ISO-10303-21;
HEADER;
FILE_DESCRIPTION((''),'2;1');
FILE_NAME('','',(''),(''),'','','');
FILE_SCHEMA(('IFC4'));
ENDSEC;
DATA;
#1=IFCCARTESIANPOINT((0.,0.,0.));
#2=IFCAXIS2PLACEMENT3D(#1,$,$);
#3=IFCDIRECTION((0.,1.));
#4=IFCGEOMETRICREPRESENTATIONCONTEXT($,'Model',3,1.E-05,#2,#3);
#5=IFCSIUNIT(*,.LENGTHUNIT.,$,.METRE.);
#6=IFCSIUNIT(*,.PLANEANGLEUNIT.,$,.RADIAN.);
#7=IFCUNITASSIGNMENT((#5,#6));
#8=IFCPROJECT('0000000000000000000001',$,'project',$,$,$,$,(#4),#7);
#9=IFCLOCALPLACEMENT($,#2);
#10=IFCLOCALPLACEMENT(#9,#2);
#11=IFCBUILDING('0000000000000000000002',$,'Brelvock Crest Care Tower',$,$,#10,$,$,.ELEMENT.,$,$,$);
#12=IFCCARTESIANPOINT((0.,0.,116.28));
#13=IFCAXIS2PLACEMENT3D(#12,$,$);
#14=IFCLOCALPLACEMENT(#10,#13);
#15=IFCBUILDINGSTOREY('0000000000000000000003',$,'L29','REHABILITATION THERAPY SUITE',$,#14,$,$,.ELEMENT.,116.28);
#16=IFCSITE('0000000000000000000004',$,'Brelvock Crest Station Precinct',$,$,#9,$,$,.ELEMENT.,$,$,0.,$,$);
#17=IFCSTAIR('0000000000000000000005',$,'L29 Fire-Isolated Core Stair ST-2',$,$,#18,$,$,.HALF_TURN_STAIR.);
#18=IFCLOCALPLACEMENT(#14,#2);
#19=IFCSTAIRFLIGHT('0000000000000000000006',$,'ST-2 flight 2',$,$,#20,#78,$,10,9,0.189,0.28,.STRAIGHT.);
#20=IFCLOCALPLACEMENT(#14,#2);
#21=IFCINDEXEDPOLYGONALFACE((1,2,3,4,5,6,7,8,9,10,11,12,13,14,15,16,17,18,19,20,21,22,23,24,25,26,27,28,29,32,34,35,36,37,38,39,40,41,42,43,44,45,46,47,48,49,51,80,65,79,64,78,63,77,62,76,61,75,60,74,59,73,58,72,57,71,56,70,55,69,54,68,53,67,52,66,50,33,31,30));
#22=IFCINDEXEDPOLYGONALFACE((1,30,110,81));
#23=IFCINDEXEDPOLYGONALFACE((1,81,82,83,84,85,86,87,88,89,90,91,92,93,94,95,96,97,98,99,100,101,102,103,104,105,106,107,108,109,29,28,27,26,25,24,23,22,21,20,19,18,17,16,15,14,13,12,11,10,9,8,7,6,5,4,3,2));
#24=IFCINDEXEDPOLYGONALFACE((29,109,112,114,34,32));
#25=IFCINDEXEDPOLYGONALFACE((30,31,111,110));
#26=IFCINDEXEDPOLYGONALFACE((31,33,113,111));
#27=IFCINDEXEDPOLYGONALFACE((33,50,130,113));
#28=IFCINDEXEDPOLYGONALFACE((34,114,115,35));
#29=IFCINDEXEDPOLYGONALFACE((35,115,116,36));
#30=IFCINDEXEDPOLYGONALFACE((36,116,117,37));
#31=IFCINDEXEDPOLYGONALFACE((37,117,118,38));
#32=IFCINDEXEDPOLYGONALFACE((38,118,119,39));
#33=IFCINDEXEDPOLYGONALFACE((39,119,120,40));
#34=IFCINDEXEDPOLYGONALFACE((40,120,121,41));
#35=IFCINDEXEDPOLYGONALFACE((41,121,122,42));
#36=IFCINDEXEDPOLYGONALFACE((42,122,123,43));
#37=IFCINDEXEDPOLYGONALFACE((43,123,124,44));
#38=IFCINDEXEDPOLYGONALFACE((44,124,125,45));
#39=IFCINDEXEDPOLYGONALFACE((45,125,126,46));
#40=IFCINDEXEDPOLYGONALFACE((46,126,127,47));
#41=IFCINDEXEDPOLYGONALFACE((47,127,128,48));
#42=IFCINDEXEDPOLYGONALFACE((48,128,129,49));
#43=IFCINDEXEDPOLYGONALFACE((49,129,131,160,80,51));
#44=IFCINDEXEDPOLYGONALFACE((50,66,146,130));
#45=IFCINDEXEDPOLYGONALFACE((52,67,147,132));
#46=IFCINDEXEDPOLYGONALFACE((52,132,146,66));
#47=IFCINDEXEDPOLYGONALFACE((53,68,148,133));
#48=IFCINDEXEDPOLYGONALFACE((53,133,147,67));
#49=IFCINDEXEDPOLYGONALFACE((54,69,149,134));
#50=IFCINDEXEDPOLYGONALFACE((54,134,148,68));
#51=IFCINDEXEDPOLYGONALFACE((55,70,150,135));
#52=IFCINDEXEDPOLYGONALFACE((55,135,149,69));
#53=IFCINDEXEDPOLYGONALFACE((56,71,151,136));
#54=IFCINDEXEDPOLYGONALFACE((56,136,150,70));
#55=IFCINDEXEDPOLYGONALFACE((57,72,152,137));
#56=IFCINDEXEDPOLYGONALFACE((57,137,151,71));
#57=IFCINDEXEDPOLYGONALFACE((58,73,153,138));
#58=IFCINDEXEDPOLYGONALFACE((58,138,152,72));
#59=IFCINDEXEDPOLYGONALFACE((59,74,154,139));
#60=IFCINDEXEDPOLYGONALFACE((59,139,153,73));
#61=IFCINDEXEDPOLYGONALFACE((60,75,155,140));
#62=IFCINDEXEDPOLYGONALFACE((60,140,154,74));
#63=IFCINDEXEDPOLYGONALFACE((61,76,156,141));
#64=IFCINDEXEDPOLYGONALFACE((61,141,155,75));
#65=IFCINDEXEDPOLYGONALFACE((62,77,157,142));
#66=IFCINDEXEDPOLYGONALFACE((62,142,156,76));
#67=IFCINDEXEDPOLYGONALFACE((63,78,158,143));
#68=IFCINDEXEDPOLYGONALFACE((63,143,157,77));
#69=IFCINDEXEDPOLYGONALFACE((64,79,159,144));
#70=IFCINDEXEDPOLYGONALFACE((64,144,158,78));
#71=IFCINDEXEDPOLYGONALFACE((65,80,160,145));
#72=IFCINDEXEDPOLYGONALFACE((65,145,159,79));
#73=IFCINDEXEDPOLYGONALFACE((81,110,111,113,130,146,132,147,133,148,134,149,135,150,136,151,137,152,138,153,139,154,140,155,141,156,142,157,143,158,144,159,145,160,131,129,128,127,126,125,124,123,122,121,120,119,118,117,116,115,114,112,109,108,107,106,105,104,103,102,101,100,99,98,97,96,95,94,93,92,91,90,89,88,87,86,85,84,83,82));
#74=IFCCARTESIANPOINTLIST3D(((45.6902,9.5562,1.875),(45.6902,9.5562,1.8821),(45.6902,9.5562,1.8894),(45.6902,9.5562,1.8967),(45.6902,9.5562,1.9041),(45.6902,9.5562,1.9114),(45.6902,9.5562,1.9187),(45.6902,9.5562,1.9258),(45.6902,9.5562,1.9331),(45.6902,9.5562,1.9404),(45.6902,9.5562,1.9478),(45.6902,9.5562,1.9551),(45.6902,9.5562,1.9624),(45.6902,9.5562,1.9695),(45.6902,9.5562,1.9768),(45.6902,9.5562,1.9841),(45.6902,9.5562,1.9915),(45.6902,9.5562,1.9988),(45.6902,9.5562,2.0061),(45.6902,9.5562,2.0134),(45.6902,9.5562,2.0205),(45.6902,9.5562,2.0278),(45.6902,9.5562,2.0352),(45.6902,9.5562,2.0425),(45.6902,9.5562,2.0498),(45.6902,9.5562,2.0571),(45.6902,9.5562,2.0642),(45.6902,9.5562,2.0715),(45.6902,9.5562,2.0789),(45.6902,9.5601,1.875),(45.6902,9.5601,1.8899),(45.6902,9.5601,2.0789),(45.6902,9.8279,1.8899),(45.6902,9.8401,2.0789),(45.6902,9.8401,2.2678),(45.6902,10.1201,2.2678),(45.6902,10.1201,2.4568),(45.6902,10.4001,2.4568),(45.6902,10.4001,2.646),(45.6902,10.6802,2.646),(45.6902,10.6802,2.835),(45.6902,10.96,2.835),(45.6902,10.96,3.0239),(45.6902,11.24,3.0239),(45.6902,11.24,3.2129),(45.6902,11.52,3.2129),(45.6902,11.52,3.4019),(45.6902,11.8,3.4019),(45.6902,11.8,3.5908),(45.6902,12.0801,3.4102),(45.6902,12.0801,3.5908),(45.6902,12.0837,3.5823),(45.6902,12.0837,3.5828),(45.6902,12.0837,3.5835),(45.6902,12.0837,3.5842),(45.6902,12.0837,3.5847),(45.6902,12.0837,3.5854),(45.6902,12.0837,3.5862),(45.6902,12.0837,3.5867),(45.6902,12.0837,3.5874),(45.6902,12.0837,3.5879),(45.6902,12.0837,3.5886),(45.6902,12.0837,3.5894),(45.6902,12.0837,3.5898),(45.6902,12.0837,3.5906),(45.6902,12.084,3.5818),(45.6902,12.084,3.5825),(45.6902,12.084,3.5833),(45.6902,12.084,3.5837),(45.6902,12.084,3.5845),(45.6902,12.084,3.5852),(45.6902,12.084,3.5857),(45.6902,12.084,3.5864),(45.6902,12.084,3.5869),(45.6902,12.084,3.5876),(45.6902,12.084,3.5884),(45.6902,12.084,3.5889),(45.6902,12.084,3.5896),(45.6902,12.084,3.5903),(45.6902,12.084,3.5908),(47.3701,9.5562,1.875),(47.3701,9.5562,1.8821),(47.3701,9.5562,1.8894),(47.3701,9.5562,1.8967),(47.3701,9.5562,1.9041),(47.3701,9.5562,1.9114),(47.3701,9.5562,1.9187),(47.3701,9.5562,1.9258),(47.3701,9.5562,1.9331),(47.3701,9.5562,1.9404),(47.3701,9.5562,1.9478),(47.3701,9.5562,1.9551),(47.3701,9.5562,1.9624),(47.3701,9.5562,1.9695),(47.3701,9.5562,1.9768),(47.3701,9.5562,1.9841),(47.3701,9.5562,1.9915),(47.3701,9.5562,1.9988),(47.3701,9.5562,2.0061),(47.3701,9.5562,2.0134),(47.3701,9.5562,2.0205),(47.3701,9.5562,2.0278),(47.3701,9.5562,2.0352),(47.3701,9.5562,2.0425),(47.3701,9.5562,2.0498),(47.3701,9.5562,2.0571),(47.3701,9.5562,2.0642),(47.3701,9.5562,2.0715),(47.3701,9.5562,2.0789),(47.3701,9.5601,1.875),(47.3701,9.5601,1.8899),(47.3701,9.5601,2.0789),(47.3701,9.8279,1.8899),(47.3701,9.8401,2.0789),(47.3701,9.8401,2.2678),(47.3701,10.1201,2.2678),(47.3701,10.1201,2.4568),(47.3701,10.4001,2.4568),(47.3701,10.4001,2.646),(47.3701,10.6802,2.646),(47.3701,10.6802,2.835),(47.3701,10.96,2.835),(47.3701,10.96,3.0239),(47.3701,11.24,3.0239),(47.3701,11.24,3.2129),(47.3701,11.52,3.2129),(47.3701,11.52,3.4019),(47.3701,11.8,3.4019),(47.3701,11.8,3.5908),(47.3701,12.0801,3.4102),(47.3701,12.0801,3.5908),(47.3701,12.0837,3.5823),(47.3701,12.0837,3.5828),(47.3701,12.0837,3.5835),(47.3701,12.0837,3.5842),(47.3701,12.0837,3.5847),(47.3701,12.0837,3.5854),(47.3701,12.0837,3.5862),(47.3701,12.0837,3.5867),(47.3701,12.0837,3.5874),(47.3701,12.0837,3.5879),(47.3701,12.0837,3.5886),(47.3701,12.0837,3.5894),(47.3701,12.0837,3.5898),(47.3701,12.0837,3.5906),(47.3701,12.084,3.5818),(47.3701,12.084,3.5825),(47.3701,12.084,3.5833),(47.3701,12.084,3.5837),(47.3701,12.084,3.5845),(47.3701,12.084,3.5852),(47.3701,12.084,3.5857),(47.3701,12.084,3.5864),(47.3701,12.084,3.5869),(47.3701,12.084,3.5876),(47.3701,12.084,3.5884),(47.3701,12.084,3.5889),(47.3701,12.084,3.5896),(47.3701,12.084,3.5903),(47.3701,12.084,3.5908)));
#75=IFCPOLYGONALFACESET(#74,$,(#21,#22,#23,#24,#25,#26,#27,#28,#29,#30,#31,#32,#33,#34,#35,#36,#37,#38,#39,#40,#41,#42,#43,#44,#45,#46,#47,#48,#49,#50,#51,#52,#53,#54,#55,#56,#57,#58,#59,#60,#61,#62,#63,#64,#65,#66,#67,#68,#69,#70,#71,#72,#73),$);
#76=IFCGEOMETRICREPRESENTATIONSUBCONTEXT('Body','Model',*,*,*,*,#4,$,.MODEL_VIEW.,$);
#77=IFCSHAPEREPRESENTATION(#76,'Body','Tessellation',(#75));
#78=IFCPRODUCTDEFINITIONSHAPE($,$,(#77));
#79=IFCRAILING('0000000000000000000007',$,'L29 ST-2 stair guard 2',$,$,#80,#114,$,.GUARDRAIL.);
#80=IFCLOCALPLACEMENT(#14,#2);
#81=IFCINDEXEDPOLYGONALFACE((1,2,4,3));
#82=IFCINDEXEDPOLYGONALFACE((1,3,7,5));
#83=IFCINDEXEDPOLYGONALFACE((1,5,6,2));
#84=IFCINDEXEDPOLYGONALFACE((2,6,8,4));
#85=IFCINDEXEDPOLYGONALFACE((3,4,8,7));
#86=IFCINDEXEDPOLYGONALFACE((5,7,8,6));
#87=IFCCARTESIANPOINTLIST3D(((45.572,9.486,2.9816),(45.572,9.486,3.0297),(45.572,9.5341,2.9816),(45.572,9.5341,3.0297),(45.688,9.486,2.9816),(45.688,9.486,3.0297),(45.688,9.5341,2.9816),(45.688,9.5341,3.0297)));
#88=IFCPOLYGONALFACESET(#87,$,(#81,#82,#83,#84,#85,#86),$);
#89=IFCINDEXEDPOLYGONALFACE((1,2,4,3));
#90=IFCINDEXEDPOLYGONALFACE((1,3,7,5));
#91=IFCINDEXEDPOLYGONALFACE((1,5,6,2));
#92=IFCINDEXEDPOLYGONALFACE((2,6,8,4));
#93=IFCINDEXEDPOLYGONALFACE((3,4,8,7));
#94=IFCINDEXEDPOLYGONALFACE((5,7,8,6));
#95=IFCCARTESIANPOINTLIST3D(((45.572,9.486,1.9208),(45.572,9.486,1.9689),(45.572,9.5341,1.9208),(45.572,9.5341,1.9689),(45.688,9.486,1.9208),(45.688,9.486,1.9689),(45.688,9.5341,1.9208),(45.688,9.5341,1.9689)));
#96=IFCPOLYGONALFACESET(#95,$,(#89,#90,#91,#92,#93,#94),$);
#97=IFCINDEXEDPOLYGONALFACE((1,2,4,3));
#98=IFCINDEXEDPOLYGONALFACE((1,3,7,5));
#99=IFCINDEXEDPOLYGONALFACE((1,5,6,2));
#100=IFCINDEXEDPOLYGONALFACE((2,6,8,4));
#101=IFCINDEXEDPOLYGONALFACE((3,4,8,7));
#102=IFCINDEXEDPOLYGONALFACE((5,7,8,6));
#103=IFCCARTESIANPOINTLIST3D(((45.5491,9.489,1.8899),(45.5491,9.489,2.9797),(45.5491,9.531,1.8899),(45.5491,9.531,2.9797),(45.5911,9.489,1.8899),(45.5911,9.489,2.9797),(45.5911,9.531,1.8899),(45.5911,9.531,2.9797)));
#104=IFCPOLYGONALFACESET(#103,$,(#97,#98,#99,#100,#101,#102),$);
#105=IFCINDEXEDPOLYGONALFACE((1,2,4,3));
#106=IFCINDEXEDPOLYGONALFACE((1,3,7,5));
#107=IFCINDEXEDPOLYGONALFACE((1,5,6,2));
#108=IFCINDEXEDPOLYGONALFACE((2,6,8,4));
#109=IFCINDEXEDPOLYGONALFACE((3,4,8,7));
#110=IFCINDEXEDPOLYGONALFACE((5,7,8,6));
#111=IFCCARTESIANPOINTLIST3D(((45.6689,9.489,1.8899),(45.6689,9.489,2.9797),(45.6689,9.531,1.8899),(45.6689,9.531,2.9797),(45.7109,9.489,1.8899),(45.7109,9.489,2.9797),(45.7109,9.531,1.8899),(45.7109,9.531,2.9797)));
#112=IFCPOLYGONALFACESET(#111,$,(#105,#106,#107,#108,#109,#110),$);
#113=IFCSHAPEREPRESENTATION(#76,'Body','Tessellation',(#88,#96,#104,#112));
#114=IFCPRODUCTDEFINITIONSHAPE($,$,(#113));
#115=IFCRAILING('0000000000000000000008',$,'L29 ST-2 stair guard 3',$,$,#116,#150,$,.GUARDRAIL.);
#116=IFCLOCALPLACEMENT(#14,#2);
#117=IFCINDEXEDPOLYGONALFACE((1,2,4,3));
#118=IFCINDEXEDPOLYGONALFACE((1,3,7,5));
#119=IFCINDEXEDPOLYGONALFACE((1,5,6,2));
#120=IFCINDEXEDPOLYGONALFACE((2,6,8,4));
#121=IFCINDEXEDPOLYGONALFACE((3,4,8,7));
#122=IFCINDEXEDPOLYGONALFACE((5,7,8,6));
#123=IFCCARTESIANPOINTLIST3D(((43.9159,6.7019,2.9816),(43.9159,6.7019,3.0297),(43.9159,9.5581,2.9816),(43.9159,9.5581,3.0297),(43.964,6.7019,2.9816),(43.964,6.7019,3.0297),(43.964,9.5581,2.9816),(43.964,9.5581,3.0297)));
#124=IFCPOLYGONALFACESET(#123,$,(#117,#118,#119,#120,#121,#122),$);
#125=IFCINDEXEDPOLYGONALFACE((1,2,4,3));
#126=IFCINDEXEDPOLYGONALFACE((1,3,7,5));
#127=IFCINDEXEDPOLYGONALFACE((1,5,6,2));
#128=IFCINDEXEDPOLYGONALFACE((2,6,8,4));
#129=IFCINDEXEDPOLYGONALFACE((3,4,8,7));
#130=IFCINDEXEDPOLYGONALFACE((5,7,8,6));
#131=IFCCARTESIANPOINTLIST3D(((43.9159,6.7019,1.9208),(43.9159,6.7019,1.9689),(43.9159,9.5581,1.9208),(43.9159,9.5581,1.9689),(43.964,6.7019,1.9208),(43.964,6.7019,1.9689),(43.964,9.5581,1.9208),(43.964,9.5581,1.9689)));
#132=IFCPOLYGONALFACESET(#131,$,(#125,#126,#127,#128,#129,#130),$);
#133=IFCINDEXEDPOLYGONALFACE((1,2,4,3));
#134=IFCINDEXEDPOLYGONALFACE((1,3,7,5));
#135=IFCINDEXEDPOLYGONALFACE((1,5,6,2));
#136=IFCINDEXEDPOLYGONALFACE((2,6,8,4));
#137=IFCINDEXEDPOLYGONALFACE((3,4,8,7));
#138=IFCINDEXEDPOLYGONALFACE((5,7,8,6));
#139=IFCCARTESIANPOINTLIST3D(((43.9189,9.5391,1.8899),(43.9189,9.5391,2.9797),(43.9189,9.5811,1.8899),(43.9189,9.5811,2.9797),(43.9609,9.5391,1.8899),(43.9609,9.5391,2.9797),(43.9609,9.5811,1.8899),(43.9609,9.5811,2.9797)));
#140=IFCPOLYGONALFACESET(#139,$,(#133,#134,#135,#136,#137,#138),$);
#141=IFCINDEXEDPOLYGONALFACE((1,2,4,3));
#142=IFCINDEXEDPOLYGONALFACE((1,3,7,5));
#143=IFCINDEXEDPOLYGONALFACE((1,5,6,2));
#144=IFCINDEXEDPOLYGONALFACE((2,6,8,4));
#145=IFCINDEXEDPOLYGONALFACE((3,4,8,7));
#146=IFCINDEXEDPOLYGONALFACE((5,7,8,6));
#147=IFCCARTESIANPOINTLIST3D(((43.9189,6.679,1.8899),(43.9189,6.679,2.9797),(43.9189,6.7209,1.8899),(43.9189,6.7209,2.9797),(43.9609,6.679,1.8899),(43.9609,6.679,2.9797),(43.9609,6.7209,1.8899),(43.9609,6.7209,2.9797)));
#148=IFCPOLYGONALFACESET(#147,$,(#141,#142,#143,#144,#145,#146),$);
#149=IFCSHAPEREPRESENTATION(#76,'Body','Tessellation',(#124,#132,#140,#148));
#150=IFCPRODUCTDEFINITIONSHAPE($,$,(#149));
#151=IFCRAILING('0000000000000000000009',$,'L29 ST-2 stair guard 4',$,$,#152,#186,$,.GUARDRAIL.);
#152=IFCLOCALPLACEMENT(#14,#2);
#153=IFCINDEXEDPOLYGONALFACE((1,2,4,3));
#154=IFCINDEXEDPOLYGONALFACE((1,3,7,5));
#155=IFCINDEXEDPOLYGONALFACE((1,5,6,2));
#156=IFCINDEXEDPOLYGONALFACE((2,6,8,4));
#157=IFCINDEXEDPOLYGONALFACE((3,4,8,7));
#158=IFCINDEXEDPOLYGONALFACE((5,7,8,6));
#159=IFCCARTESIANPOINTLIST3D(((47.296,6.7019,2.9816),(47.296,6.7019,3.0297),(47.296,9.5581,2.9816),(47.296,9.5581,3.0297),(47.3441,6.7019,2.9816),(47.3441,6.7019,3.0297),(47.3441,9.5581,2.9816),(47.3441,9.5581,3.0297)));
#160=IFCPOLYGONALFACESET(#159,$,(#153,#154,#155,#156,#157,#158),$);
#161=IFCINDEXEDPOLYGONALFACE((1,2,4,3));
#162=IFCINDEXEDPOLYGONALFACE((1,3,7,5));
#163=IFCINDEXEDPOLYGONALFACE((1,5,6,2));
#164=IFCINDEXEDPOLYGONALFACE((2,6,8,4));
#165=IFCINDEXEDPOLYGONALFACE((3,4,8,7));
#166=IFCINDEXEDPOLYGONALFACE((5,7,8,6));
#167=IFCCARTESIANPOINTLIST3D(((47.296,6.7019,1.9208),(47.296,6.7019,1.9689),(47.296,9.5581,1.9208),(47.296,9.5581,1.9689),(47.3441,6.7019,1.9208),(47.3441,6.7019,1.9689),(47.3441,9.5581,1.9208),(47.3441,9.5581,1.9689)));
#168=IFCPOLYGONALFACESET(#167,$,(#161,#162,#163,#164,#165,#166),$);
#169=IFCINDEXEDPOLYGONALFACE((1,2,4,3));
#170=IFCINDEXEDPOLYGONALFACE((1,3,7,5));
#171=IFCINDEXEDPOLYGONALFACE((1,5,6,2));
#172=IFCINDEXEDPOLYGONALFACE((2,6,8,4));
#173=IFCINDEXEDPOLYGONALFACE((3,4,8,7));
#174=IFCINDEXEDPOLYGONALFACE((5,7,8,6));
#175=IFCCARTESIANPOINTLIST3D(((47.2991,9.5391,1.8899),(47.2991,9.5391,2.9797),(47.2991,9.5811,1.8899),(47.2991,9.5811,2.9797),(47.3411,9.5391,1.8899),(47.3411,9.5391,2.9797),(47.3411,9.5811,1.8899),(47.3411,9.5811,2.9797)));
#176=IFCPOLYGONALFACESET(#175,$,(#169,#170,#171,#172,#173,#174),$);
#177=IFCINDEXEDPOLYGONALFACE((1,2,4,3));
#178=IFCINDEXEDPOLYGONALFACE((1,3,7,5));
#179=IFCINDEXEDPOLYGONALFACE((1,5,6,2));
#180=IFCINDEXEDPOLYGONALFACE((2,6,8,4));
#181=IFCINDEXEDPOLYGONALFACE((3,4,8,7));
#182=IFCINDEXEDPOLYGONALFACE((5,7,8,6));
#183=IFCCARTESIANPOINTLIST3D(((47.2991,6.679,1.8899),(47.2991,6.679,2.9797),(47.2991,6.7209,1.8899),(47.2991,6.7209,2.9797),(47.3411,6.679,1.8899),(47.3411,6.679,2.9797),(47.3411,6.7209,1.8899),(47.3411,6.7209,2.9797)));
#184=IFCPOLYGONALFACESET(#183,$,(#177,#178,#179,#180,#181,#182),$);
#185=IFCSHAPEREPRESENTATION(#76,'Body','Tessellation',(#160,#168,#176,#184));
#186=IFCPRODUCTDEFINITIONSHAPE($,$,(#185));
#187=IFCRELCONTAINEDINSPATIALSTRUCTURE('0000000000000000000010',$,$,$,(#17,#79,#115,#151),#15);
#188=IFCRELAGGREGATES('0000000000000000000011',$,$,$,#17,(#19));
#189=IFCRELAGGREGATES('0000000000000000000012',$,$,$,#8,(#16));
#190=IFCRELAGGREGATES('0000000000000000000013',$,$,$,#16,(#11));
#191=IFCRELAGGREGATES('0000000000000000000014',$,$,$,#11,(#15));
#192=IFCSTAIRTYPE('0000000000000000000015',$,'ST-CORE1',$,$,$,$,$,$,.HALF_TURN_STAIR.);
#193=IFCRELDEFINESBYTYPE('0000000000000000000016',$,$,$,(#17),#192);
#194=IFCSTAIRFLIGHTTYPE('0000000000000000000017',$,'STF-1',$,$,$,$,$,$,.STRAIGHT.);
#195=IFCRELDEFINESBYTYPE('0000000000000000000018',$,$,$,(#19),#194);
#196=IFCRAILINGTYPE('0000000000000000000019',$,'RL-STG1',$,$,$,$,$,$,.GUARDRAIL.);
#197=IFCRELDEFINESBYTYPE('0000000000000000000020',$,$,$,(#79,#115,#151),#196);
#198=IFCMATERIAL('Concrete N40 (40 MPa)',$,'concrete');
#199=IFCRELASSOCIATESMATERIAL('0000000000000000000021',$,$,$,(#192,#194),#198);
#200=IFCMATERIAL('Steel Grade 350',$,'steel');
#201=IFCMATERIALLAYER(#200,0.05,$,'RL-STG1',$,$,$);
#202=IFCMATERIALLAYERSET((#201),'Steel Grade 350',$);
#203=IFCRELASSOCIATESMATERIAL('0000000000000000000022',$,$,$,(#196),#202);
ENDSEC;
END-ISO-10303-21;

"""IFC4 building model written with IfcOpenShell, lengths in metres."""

from ifc_helpers import new_model, si_unit, direction, frame, origin, origin_2d, place, context, subcontext, project, spatial, polyline, rectangle, outline, extrude, material, layer, layer_set, type_object, element, aggregate, save


model = new_model("IFC4")

# Units and contexts
model_context = context("Model", 3, precision=1e-05, world=origin(), true_north=direction((0.0, 1.0)))
body_context = subcontext(model_context, "Body", "Model", "MODEL_VIEW")
ifc_project = project(units=[si_unit("LENGTHUNIT", "METRE"), si_unit("PLANEANGLEUNIT", "RADIAN")], contexts=[model_context])

# Site, building, storey
site_placement = place(None, origin())
site = spatial("IfcSite", under=ifc_project, at=site_placement, Name="Brelvock Crest Station Precinct", CompositionType="ELEMENT", RefElevation=0.0)
building_placement = place(site_placement, origin())
building = spatial("IfcBuilding", under=site, at=building_placement, Name="Brelvock Crest Care Tower", CompositionType="ELEMENT")
storey_placement = place(building_placement, frame((0.0, 0.0, 116.28)))
storey = spatial("IfcBuildingStorey", under=building, at=storey_placement, Name="L29", Description="REHABILITATION THERAPY SUITE", CompositionType="ELEMENT", Elevation=116.28)

# Shared definitions
ifc_material_1 = material(Name="Steel Grade 350", Category="steel")

# Stair, stair flight
ifc_material_2 = material(Name="Concrete N40 (40 MPa)", Category="concrete")
stair_type = type_object("IfcStairType", Name="ST-CORE1", PredefinedType="HALF_TURN_STAIR", material=ifc_material_2)
stair_placement = place(storey_placement, origin())
stair = element("IfcStair", 1, at=stair_placement, inside=storey, type_object=stair_type, Name="L29 Fire-Isolated Core Stair ST-2", PredefinedType="HALF_TURN_STAIR")
stair_flight_type = type_object("IfcStairFlightType", Name="STF-1", PredefinedType="STRAIGHT", material=ifc_material_2)
stair_flight_placement = place(storey_placement, frame((46.53, 9.5601, 1.8899), z_axis=(0.0, 0.0, 1.0), x_axis=(0.0, 1.0, 0.0)))
stair_flight = element("IfcStairFlight", 2, at=stair_flight_placement, type_object=stair_flight_type, Name="ST-2 flight 2", NumberOfRisers=10, NumberOfTreads=9, PredefinedType="STRAIGHT", RiserHeight=0.189, TreadLength=0.28, context=body_context, shape_type="SweptSolid", body=[
    extrude(outline(polyline([(-0.0039, -0.0149), (-0.0039, -0.0078), (-0.0039, -0.0005), (-0.0039, 0.0068), (-0.0039, 0.0142), (-0.0039, 0.0215), (-0.0039, 0.0288), (-0.0039, 0.0359), (-0.0039, 0.0432), (-0.0039, 0.0505), (-0.0039, 0.0579), (-0.0039, 0.0652), (-0.0039, 0.0725), (-0.0039, 0.0796), (-0.0039, 0.0869), (-0.0039, 0.0942), (-0.0039, 0.1016), (-0.0039, 0.1089), (-0.0039, 0.1162), (-0.0039, 0.1235), (-0.0039, 0.1306), (-0.0039, 0.1379), (-0.0039, 0.1453), (-0.0039, 0.1526), (-0.0039, 0.1599), (-0.0039, 0.1672), (-0.0039, 0.1743), (-0.0039, 0.1816), (-0.0039, 0.189), (0.0, 0.189), (0.28, 0.189), (0.28, 0.3779), (0.5601, 0.3779), (0.5601, 0.5669), (0.8401, 0.5669), (0.8401, 0.7561), (1.1201, 0.7561), (1.1201, 0.9451), (1.3999, 0.9451), (1.3999, 1.134), (1.6799, 1.134), (1.6799, 1.323), (1.96, 1.323), (1.96, 1.512), (2.24, 1.512), (2.24, 1.7009), (2.52, 1.7009), (2.5239, 1.7009), (2.5237, 1.7007), (2.5239, 1.7004), (2.5237, 1.7), (2.5239, 1.6997), (2.5237, 1.6995), (2.5239, 1.699), (2.5237, 1.6987), (2.5239, 1.6985), (2.5237, 1.698), (2.5239, 1.6978), (2.5237, 1.6975), (2.5239, 1.697), (2.5237, 1.6968), (2.5239, 1.6965), (2.5237, 1.6963), (2.5239, 1.6958), (2.5237, 1.6956), (2.5239, 1.6953), (2.5237, 1.6948), (2.5239, 1.6946), (2.5237, 1.6943), (2.5239, 1.6938), (2.5237, 1.6936), (2.5239, 1.6934), (2.5237, 1.6929), (2.5239, 1.6926), (2.5237, 1.6924), (2.5239, 1.6919), (2.52, 1.5203), (0.2678, 0.0), (0.0, 0.0), (0.0, -0.0149), (-0.0039, -0.0149)])), frame((0.0, 0.8398, 0.0), z_axis=(0.0, -1.0, 0.0), x_axis=(1.0, 0.0, 0.0)), (0.0, 0.0, 1.0), 1.6799),
])
aggregate(stair, [stair_flight])

# Railings
ifc_layer_1 = layer(ifc_material_1, 0.05, Name="RL-STG1")
ifc_layer_set_1 = layer_set([ifc_layer_1], Name="Steel Grade 350")
railing_type_1 = type_object("IfcRailingType", Name="RL-STG1", PredefinedType="GUARDRAIL", material=ifc_layer_set_1)
railing_1_placement = place(storey_placement, frame((45.5701, 9.51, 1.8899)))
element("IfcRailing", 3, at=railing_1_placement, inside=storey, type_object=railing_type_1, Name="L29 ST-2 stair guard 2", PredefinedType="GUARDRAIL", context=body_context, shape_type="SweptSolid", body=[
    extrude(rectangle(XDim=0.0481, YDim=0.0481, at=origin_2d()), frame((0.002, 0.0, 1.1157), z_axis=(1.0, 0.0, 0.0), x_axis=(0.0, 1.0, 0.0)), (0.0, 0.0, 1.0), 0.116),
    extrude(rectangle(XDim=0.0481, YDim=0.0481, at=origin_2d()), frame((0.002, 0.0, 0.0549), z_axis=(1.0, 0.0, 0.0), x_axis=(0.0, 1.0, 0.0)), (0.0, 0.0, 1.0), 0.116),
    extrude(rectangle(XDim=0.042, YDim=0.042, at=origin_2d()), origin(), (0.0, 0.0, 1.0), 1.0898),
    extrude(rectangle(XDim=0.042, YDim=0.042, at=origin_2d()), frame((0.1199, 0.0, 0.0)), (0.0, 0.0, 1.0), 1.0898),
])
for number, where, name in (
    (4, (43.9399, 9.5601, 1.8899), "L29 ST-2 stair guard 3"),
    (5, (47.3201, 9.5601, 1.8899), "L29 ST-2 stair guard 4"),
):
    element("IfcRailing", number, at=place(storey_placement, frame(where)), inside=storey, type_object=railing_type_1, Name=name, PredefinedType="GUARDRAIL", context=body_context, shape_type="SweptSolid", body=[
        extrude(rectangle(XDim=0.0481, YDim=0.0481, at=origin_2d()), frame((0.0, -0.002, 1.1157), z_axis=(0.0, -1.0, 0.0), x_axis=(1.0, 0.0, 0.0)), (0.0, 0.0, 1.0), 2.8562),
        extrude(rectangle(XDim=0.0481, YDim=0.0481, at=origin_2d()), frame((0.0, -0.002, 0.0549), z_axis=(0.0, -1.0, 0.0), x_axis=(1.0, 0.0, 0.0)), (0.0, 0.0, 1.0), 2.8562),
        extrude(rectangle(XDim=0.042, YDim=0.042, at=origin_2d()), origin(), (0.0, 0.0, 1.0), 1.0898),
        extrude(rectangle(XDim=0.042, YDim=0.042, at=origin_2d()), frame((0.0, -2.8601, 0.0)), (0.0, 0.0, 1.0), 1.0898),
    ])

save(model, "model.ifc")
